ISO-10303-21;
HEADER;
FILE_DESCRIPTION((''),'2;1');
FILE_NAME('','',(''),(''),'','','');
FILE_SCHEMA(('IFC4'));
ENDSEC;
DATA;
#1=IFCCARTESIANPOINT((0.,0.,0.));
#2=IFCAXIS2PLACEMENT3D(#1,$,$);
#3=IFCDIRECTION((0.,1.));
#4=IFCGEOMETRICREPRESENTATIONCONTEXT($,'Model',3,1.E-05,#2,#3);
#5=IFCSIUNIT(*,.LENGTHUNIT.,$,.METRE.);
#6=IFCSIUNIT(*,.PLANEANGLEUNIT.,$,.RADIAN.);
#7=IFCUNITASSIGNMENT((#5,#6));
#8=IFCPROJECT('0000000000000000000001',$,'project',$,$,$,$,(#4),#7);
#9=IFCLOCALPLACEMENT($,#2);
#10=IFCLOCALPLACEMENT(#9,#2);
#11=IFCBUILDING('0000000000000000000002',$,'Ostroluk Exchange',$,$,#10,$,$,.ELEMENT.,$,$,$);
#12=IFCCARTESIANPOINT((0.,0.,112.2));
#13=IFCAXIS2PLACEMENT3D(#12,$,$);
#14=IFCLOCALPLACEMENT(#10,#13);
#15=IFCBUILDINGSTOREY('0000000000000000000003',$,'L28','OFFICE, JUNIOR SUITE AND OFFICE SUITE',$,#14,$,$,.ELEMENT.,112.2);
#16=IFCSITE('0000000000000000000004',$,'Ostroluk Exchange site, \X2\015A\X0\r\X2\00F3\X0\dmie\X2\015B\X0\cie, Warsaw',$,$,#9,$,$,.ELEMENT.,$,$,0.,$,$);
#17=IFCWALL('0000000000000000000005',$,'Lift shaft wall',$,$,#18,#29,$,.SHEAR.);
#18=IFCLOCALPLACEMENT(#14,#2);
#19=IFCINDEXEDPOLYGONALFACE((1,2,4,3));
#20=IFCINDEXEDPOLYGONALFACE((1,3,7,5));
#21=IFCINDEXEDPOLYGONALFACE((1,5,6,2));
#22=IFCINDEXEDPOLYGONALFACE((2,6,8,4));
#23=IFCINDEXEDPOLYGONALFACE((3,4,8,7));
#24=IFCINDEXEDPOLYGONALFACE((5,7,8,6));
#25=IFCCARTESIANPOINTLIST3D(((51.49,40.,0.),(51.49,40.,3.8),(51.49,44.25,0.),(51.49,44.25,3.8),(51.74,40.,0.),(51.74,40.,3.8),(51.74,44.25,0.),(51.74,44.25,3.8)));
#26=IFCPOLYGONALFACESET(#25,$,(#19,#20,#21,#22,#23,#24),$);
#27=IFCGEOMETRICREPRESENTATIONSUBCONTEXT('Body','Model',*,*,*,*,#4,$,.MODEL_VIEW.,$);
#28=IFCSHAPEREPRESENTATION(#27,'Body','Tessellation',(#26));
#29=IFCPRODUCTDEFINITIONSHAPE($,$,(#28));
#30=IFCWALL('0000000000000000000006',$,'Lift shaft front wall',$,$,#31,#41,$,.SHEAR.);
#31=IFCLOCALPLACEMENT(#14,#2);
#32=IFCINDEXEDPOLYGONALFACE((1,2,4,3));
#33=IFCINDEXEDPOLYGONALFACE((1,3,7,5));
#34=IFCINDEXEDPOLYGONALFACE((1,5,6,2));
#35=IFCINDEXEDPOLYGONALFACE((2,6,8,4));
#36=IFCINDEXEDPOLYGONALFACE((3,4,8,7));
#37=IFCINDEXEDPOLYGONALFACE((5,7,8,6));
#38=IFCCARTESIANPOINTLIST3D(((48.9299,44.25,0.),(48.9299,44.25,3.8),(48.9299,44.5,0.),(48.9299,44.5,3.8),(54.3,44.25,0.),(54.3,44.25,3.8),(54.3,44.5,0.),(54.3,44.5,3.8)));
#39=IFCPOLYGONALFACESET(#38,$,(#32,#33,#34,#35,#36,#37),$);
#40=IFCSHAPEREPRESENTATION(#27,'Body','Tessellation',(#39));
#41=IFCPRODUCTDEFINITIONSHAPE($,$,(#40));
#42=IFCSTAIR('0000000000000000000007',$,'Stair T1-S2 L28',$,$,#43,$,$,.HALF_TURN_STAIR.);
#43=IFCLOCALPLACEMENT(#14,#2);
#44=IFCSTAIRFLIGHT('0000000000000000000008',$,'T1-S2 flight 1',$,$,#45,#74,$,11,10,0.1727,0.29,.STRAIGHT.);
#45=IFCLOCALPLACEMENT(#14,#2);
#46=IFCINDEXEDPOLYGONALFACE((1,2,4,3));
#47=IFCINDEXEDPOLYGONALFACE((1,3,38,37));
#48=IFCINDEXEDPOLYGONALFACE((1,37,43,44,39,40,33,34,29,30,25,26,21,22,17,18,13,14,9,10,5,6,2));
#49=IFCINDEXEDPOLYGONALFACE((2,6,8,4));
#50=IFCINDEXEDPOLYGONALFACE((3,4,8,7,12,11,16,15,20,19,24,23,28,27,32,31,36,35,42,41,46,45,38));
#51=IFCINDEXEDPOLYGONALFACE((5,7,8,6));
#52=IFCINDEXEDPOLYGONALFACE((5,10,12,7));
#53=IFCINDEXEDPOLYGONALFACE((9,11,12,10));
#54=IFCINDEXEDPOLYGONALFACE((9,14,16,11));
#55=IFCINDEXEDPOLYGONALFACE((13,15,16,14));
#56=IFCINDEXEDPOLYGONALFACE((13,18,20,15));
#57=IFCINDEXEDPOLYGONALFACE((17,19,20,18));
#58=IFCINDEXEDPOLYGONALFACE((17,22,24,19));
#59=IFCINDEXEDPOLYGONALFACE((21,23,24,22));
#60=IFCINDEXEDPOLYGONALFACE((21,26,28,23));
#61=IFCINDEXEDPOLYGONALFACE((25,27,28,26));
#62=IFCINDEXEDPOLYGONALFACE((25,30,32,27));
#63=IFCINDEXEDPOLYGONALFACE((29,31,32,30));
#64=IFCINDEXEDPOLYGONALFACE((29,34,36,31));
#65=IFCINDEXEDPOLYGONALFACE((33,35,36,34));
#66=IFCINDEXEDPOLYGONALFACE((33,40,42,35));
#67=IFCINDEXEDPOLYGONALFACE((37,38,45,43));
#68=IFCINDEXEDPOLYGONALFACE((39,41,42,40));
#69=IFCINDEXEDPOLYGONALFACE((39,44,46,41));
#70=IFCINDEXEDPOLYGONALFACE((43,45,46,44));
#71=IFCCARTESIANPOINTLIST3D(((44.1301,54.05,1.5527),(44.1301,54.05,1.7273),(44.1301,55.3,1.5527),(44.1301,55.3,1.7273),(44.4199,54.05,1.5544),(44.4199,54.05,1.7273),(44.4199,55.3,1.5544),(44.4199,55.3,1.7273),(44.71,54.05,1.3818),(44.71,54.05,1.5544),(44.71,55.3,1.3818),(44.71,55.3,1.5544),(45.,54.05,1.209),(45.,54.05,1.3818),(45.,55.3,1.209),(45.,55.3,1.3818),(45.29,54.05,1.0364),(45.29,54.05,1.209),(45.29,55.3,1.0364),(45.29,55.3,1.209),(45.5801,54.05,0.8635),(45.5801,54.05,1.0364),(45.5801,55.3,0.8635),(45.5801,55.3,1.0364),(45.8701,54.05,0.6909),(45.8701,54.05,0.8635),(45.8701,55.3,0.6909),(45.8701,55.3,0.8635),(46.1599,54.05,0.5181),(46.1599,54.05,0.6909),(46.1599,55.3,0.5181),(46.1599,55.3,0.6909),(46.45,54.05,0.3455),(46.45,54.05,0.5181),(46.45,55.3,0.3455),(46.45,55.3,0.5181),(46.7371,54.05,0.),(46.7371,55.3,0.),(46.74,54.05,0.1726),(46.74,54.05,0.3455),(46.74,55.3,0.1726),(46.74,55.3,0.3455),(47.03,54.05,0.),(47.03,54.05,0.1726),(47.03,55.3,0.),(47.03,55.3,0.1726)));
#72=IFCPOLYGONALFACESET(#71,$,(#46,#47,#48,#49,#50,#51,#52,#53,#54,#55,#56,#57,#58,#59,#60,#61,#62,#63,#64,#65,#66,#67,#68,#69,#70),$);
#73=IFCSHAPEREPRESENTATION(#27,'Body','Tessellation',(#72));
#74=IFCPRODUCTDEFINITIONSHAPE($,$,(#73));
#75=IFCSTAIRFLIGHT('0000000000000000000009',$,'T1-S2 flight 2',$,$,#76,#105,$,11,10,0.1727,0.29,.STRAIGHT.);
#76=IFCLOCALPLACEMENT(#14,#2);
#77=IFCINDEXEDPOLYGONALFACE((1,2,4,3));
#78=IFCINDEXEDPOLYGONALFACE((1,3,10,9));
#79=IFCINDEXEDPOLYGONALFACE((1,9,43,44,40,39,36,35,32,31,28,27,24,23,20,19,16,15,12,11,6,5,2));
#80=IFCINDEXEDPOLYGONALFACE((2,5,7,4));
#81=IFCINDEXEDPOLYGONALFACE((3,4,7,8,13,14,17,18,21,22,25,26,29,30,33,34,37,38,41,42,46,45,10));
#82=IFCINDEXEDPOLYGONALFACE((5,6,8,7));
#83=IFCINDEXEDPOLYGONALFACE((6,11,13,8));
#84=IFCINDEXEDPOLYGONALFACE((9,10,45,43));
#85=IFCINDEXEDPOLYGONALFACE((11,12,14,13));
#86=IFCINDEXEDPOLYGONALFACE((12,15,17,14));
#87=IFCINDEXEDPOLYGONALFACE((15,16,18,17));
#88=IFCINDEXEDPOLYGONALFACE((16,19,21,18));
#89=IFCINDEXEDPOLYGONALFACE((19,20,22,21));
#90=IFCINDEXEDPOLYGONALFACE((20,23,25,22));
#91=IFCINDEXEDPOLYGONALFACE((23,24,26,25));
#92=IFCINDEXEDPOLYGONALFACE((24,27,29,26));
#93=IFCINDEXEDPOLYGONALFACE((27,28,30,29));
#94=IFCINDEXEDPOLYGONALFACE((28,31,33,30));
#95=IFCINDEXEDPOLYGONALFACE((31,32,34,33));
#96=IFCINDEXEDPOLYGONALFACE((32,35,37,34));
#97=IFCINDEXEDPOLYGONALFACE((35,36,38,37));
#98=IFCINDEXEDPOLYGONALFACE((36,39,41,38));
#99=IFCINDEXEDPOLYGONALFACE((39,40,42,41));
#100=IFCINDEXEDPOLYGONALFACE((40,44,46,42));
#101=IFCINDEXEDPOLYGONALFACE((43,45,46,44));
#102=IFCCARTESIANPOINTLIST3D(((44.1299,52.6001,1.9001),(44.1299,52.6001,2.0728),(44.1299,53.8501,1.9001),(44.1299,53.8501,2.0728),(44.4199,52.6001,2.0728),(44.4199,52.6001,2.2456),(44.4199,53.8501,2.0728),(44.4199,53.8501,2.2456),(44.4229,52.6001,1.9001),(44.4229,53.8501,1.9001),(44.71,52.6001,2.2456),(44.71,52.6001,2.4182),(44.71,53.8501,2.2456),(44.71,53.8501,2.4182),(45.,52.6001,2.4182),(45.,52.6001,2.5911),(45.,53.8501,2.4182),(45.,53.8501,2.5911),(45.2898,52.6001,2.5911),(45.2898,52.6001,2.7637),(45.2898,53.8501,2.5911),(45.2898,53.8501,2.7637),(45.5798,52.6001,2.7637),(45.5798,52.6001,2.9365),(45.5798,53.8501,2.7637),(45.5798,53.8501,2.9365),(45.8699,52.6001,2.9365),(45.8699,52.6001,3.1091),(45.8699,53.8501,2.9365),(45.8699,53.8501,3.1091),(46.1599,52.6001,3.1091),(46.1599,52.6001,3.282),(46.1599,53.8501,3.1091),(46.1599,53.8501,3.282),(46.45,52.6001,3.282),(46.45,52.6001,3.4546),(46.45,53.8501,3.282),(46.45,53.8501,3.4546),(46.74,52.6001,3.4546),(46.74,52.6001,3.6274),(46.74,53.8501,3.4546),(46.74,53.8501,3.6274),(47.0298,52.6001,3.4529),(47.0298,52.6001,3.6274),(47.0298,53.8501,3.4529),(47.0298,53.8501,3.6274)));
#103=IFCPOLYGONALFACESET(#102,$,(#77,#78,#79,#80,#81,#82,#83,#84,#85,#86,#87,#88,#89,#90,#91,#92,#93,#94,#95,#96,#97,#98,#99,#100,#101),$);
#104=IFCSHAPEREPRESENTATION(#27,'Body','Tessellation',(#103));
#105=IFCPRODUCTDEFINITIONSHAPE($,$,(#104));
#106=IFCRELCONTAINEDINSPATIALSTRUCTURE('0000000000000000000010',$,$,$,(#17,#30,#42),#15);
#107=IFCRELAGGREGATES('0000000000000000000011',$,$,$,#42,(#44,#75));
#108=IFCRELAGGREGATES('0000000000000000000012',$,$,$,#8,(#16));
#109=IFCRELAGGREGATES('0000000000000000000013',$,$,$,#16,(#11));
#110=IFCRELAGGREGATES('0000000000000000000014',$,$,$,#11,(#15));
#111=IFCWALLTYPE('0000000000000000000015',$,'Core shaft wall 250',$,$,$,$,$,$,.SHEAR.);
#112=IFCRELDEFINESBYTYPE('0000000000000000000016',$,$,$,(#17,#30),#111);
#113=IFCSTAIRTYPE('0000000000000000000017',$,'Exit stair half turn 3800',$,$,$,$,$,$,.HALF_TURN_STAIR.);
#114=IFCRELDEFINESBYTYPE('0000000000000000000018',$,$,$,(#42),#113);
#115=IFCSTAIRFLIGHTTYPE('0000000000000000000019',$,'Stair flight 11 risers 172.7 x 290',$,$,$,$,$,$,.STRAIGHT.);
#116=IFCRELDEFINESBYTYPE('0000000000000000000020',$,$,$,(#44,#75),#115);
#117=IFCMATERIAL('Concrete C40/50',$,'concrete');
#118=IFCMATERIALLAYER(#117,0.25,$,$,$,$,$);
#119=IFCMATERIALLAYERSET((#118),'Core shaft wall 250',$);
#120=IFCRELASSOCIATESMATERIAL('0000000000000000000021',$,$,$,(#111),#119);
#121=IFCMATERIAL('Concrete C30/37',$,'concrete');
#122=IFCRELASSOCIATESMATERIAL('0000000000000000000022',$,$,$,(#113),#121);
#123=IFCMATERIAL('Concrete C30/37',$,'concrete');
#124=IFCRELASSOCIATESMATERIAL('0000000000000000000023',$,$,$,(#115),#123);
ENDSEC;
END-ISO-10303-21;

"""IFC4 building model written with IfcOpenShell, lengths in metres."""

from ifc_helpers import new_model, si_unit, direction, frame, frame_2d, origin, place, context, subcontext, project, spatial, polyline, rectangle, outline, extrude, material, layer, layer_set, type_object, element, aggregate, save


model = new_model("IFC4")

# Units and contexts
model_context = context("Model", 3, precision=1e-05, world=origin(), true_north=direction((0.0, 1.0)))
body_context = subcontext(model_context, "Body", "Model", "MODEL_VIEW")
ifc_project = project(units=[si_unit("LENGTHUNIT", "METRE"), si_unit("PLANEANGLEUNIT", "RADIAN")], contexts=[model_context])

# Site, building, storey
site_placement = place(None, origin())
site = spatial("IfcSite", under=ifc_project, at=site_placement, Name="Ostroluk Exchange site, Śródmieście, Warsaw", CompositionType="ELEMENT", RefElevation=0.0)
building_placement = place(site_placement, origin())
building = spatial("IfcBuilding", under=site, at=building_placement, Name="Ostroluk Exchange", CompositionType="ELEMENT")
storey_placement = place(building_placement, frame((0.0, 0.0, 112.2)))
storey = spatial("IfcBuildingStorey", under=building, at=storey_placement, Name="L28", Description="OFFICE, JUNIOR SUITE AND OFFICE SUITE", CompositionType="ELEMENT", Elevation=112.2)

# Shared definitions
ifc_material_1 = material(Name="Concrete C40/50", Category="concrete")
ifc_layer_1 = layer(ifc_material_1, 0.25)
ifc_layer_set_1 = layer_set([ifc_layer_1], Name="Core shaft wall 250")
wall_type_1 = type_object("IfcWallType", Name="Core shaft wall 250", PredefinedType="SHEAR", material=ifc_layer_set_1)

# Walls
wall_1_placement = place(storey_placement, frame((51.615, 44.25, 0.0), z_axis=(0.0, 0.0, 1.0), x_axis=(0.0, -1.0, 0.0)))
element("IfcWall", 1, at=wall_1_placement, inside=storey, type_object=wall_type_1, Name="Lift shaft wall", PredefinedType="SHEAR", context=body_context, shape_type="SweptSolid", body=[
    extrude(rectangle(XDim=4.25, YDim=0.25, at=frame_2d((2.125, 0.0))), origin(), (0.0, 0.0, 1.0), 3.8),
])
wall_2_placement = place(storey_placement, frame((48.9299, 44.375, 0.0), z_axis=(0.0, 0.0, 1.0), x_axis=(1.0, 0.0, 0.0)))
element("IfcWall", 2, at=wall_2_placement, inside=storey, type_object=wall_type_1, Name="Lift shaft front wall", PredefinedType="SHEAR", context=body_context, shape_type="SweptSolid", body=[
    extrude(rectangle(XDim=5.3701, YDim=0.25, at=frame_2d((2.6851, 0.0))), origin(), (0.0, 0.0, 1.0), 3.8),
])

# Stair, stair flights
ifc_material_2 = material(Name="Concrete C30/37", Category="concrete")
stair_type = type_object("IfcStairType", Name="Exit stair half turn 3800", PredefinedType="HALF_TURN_STAIR", material=ifc_material_2)
stair_placement = place(storey_placement, origin())
stair = element("IfcStair", 3, at=stair_placement, inside=storey, type_object=stair_type, Name="Stair T1-S2 L28", PredefinedType="HALF_TURN_STAIR")
ifc_material_3 = material(Name="Concrete C30/37", Category="concrete")
stair_flight_type = type_object("IfcStairFlightType", Name="Stair flight 11 risers 172.7 x 290", PredefinedType="STRAIGHT", material=ifc_material_3)
stair_flight_1_placement = place(storey_placement, frame((47.03, 54.675, 0.0), z_axis=(0.0, 0.0, 1.0), x_axis=(-1.0, 0.0, 0.0)))
stair_flight_1 = element("IfcStairFlight", 4, at=stair_flight_1_placement, type_object=stair_flight_type, Name="T1-S2 flight 1", NumberOfRisers=11, NumberOfTreads=10, PredefinedType="STRAIGHT", RiserHeight=0.1727, TreadLength=0.29, context=body_context, shape_type="SweptSolid", body=[
    extrude(outline(polyline([(0.0, 0.0), (0.0, 0.1726), (0.29, 0.1726), (0.29, 0.3455), (0.5801, 0.3455), (0.5801, 0.5181), (0.8701, 0.5181), (0.8701, 0.6909), (1.1599, 0.6909), (1.1599, 0.8635), (1.45, 0.8635), (1.45, 1.0364), (1.74, 1.0364), (1.74, 1.209), (2.03, 1.209), (2.03, 1.3818), (2.3201, 1.3818), (2.3201, 1.5544), (2.6101, 1.5544), (2.6101, 1.7273), (2.8999, 1.7273), (2.8999, 1.8999), (2.8999, 1.5527), (0.293, 0.0), (0.0, 0.0)])), frame((0.0, 0.625, 0.0), z_axis=(0.0, -1.0, 0.0), x_axis=(1.0, 0.0, 0.0)), (0.0, 0.0, 1.0), 1.25),
])
stair_flight_2_placement = place(storey_placement, frame((44.1299, 53.2251, 1.9001), z_axis=(0.0, 0.0, 1.0), x_axis=(1.0, 0.0, 0.0)))
stair_flight_2 = element("IfcStairFlight", 5, at=stair_flight_2_placement, type_object=stair_flight_type, Name="T1-S2 flight 2", NumberOfRisers=11, NumberOfTreads=10, PredefinedType="STRAIGHT", RiserHeight=0.1727, TreadLength=0.29, context=body_context, shape_type="SweptSolid", body=[
    extrude(outline(polyline([(0.0, 0.0), (0.0, 0.1726), (0.29, 0.1726), (0.29, 0.3455), (0.5801, 0.3455), (0.5801, 0.5181), (0.8701, 0.5181), (0.8701, 0.6909), (1.1599, 0.6909), (1.1599, 0.8635), (1.45, 0.8635), (1.45, 1.0364), (1.74, 1.0364), (1.74, 1.209), (2.03, 1.209), (2.03, 1.3818), (2.3201, 1.3818), (2.3201, 1.5544), (2.6101, 1.5544), (2.6101, 1.7273), (2.8999, 1.7273), (2.8999, 1.8999), (2.8999, 1.5527), (0.293, 0.0), (0.0, 0.0)])), frame((0.0, 0.625, 0.0), z_axis=(0.0, -1.0, 0.0), x_axis=(1.0, 0.0, 0.0)), (0.0, 0.0, 1.0), 1.25),
])
aggregate(stair, [stair_flight_1, stair_flight_2])

save(model, "model.ifc")
